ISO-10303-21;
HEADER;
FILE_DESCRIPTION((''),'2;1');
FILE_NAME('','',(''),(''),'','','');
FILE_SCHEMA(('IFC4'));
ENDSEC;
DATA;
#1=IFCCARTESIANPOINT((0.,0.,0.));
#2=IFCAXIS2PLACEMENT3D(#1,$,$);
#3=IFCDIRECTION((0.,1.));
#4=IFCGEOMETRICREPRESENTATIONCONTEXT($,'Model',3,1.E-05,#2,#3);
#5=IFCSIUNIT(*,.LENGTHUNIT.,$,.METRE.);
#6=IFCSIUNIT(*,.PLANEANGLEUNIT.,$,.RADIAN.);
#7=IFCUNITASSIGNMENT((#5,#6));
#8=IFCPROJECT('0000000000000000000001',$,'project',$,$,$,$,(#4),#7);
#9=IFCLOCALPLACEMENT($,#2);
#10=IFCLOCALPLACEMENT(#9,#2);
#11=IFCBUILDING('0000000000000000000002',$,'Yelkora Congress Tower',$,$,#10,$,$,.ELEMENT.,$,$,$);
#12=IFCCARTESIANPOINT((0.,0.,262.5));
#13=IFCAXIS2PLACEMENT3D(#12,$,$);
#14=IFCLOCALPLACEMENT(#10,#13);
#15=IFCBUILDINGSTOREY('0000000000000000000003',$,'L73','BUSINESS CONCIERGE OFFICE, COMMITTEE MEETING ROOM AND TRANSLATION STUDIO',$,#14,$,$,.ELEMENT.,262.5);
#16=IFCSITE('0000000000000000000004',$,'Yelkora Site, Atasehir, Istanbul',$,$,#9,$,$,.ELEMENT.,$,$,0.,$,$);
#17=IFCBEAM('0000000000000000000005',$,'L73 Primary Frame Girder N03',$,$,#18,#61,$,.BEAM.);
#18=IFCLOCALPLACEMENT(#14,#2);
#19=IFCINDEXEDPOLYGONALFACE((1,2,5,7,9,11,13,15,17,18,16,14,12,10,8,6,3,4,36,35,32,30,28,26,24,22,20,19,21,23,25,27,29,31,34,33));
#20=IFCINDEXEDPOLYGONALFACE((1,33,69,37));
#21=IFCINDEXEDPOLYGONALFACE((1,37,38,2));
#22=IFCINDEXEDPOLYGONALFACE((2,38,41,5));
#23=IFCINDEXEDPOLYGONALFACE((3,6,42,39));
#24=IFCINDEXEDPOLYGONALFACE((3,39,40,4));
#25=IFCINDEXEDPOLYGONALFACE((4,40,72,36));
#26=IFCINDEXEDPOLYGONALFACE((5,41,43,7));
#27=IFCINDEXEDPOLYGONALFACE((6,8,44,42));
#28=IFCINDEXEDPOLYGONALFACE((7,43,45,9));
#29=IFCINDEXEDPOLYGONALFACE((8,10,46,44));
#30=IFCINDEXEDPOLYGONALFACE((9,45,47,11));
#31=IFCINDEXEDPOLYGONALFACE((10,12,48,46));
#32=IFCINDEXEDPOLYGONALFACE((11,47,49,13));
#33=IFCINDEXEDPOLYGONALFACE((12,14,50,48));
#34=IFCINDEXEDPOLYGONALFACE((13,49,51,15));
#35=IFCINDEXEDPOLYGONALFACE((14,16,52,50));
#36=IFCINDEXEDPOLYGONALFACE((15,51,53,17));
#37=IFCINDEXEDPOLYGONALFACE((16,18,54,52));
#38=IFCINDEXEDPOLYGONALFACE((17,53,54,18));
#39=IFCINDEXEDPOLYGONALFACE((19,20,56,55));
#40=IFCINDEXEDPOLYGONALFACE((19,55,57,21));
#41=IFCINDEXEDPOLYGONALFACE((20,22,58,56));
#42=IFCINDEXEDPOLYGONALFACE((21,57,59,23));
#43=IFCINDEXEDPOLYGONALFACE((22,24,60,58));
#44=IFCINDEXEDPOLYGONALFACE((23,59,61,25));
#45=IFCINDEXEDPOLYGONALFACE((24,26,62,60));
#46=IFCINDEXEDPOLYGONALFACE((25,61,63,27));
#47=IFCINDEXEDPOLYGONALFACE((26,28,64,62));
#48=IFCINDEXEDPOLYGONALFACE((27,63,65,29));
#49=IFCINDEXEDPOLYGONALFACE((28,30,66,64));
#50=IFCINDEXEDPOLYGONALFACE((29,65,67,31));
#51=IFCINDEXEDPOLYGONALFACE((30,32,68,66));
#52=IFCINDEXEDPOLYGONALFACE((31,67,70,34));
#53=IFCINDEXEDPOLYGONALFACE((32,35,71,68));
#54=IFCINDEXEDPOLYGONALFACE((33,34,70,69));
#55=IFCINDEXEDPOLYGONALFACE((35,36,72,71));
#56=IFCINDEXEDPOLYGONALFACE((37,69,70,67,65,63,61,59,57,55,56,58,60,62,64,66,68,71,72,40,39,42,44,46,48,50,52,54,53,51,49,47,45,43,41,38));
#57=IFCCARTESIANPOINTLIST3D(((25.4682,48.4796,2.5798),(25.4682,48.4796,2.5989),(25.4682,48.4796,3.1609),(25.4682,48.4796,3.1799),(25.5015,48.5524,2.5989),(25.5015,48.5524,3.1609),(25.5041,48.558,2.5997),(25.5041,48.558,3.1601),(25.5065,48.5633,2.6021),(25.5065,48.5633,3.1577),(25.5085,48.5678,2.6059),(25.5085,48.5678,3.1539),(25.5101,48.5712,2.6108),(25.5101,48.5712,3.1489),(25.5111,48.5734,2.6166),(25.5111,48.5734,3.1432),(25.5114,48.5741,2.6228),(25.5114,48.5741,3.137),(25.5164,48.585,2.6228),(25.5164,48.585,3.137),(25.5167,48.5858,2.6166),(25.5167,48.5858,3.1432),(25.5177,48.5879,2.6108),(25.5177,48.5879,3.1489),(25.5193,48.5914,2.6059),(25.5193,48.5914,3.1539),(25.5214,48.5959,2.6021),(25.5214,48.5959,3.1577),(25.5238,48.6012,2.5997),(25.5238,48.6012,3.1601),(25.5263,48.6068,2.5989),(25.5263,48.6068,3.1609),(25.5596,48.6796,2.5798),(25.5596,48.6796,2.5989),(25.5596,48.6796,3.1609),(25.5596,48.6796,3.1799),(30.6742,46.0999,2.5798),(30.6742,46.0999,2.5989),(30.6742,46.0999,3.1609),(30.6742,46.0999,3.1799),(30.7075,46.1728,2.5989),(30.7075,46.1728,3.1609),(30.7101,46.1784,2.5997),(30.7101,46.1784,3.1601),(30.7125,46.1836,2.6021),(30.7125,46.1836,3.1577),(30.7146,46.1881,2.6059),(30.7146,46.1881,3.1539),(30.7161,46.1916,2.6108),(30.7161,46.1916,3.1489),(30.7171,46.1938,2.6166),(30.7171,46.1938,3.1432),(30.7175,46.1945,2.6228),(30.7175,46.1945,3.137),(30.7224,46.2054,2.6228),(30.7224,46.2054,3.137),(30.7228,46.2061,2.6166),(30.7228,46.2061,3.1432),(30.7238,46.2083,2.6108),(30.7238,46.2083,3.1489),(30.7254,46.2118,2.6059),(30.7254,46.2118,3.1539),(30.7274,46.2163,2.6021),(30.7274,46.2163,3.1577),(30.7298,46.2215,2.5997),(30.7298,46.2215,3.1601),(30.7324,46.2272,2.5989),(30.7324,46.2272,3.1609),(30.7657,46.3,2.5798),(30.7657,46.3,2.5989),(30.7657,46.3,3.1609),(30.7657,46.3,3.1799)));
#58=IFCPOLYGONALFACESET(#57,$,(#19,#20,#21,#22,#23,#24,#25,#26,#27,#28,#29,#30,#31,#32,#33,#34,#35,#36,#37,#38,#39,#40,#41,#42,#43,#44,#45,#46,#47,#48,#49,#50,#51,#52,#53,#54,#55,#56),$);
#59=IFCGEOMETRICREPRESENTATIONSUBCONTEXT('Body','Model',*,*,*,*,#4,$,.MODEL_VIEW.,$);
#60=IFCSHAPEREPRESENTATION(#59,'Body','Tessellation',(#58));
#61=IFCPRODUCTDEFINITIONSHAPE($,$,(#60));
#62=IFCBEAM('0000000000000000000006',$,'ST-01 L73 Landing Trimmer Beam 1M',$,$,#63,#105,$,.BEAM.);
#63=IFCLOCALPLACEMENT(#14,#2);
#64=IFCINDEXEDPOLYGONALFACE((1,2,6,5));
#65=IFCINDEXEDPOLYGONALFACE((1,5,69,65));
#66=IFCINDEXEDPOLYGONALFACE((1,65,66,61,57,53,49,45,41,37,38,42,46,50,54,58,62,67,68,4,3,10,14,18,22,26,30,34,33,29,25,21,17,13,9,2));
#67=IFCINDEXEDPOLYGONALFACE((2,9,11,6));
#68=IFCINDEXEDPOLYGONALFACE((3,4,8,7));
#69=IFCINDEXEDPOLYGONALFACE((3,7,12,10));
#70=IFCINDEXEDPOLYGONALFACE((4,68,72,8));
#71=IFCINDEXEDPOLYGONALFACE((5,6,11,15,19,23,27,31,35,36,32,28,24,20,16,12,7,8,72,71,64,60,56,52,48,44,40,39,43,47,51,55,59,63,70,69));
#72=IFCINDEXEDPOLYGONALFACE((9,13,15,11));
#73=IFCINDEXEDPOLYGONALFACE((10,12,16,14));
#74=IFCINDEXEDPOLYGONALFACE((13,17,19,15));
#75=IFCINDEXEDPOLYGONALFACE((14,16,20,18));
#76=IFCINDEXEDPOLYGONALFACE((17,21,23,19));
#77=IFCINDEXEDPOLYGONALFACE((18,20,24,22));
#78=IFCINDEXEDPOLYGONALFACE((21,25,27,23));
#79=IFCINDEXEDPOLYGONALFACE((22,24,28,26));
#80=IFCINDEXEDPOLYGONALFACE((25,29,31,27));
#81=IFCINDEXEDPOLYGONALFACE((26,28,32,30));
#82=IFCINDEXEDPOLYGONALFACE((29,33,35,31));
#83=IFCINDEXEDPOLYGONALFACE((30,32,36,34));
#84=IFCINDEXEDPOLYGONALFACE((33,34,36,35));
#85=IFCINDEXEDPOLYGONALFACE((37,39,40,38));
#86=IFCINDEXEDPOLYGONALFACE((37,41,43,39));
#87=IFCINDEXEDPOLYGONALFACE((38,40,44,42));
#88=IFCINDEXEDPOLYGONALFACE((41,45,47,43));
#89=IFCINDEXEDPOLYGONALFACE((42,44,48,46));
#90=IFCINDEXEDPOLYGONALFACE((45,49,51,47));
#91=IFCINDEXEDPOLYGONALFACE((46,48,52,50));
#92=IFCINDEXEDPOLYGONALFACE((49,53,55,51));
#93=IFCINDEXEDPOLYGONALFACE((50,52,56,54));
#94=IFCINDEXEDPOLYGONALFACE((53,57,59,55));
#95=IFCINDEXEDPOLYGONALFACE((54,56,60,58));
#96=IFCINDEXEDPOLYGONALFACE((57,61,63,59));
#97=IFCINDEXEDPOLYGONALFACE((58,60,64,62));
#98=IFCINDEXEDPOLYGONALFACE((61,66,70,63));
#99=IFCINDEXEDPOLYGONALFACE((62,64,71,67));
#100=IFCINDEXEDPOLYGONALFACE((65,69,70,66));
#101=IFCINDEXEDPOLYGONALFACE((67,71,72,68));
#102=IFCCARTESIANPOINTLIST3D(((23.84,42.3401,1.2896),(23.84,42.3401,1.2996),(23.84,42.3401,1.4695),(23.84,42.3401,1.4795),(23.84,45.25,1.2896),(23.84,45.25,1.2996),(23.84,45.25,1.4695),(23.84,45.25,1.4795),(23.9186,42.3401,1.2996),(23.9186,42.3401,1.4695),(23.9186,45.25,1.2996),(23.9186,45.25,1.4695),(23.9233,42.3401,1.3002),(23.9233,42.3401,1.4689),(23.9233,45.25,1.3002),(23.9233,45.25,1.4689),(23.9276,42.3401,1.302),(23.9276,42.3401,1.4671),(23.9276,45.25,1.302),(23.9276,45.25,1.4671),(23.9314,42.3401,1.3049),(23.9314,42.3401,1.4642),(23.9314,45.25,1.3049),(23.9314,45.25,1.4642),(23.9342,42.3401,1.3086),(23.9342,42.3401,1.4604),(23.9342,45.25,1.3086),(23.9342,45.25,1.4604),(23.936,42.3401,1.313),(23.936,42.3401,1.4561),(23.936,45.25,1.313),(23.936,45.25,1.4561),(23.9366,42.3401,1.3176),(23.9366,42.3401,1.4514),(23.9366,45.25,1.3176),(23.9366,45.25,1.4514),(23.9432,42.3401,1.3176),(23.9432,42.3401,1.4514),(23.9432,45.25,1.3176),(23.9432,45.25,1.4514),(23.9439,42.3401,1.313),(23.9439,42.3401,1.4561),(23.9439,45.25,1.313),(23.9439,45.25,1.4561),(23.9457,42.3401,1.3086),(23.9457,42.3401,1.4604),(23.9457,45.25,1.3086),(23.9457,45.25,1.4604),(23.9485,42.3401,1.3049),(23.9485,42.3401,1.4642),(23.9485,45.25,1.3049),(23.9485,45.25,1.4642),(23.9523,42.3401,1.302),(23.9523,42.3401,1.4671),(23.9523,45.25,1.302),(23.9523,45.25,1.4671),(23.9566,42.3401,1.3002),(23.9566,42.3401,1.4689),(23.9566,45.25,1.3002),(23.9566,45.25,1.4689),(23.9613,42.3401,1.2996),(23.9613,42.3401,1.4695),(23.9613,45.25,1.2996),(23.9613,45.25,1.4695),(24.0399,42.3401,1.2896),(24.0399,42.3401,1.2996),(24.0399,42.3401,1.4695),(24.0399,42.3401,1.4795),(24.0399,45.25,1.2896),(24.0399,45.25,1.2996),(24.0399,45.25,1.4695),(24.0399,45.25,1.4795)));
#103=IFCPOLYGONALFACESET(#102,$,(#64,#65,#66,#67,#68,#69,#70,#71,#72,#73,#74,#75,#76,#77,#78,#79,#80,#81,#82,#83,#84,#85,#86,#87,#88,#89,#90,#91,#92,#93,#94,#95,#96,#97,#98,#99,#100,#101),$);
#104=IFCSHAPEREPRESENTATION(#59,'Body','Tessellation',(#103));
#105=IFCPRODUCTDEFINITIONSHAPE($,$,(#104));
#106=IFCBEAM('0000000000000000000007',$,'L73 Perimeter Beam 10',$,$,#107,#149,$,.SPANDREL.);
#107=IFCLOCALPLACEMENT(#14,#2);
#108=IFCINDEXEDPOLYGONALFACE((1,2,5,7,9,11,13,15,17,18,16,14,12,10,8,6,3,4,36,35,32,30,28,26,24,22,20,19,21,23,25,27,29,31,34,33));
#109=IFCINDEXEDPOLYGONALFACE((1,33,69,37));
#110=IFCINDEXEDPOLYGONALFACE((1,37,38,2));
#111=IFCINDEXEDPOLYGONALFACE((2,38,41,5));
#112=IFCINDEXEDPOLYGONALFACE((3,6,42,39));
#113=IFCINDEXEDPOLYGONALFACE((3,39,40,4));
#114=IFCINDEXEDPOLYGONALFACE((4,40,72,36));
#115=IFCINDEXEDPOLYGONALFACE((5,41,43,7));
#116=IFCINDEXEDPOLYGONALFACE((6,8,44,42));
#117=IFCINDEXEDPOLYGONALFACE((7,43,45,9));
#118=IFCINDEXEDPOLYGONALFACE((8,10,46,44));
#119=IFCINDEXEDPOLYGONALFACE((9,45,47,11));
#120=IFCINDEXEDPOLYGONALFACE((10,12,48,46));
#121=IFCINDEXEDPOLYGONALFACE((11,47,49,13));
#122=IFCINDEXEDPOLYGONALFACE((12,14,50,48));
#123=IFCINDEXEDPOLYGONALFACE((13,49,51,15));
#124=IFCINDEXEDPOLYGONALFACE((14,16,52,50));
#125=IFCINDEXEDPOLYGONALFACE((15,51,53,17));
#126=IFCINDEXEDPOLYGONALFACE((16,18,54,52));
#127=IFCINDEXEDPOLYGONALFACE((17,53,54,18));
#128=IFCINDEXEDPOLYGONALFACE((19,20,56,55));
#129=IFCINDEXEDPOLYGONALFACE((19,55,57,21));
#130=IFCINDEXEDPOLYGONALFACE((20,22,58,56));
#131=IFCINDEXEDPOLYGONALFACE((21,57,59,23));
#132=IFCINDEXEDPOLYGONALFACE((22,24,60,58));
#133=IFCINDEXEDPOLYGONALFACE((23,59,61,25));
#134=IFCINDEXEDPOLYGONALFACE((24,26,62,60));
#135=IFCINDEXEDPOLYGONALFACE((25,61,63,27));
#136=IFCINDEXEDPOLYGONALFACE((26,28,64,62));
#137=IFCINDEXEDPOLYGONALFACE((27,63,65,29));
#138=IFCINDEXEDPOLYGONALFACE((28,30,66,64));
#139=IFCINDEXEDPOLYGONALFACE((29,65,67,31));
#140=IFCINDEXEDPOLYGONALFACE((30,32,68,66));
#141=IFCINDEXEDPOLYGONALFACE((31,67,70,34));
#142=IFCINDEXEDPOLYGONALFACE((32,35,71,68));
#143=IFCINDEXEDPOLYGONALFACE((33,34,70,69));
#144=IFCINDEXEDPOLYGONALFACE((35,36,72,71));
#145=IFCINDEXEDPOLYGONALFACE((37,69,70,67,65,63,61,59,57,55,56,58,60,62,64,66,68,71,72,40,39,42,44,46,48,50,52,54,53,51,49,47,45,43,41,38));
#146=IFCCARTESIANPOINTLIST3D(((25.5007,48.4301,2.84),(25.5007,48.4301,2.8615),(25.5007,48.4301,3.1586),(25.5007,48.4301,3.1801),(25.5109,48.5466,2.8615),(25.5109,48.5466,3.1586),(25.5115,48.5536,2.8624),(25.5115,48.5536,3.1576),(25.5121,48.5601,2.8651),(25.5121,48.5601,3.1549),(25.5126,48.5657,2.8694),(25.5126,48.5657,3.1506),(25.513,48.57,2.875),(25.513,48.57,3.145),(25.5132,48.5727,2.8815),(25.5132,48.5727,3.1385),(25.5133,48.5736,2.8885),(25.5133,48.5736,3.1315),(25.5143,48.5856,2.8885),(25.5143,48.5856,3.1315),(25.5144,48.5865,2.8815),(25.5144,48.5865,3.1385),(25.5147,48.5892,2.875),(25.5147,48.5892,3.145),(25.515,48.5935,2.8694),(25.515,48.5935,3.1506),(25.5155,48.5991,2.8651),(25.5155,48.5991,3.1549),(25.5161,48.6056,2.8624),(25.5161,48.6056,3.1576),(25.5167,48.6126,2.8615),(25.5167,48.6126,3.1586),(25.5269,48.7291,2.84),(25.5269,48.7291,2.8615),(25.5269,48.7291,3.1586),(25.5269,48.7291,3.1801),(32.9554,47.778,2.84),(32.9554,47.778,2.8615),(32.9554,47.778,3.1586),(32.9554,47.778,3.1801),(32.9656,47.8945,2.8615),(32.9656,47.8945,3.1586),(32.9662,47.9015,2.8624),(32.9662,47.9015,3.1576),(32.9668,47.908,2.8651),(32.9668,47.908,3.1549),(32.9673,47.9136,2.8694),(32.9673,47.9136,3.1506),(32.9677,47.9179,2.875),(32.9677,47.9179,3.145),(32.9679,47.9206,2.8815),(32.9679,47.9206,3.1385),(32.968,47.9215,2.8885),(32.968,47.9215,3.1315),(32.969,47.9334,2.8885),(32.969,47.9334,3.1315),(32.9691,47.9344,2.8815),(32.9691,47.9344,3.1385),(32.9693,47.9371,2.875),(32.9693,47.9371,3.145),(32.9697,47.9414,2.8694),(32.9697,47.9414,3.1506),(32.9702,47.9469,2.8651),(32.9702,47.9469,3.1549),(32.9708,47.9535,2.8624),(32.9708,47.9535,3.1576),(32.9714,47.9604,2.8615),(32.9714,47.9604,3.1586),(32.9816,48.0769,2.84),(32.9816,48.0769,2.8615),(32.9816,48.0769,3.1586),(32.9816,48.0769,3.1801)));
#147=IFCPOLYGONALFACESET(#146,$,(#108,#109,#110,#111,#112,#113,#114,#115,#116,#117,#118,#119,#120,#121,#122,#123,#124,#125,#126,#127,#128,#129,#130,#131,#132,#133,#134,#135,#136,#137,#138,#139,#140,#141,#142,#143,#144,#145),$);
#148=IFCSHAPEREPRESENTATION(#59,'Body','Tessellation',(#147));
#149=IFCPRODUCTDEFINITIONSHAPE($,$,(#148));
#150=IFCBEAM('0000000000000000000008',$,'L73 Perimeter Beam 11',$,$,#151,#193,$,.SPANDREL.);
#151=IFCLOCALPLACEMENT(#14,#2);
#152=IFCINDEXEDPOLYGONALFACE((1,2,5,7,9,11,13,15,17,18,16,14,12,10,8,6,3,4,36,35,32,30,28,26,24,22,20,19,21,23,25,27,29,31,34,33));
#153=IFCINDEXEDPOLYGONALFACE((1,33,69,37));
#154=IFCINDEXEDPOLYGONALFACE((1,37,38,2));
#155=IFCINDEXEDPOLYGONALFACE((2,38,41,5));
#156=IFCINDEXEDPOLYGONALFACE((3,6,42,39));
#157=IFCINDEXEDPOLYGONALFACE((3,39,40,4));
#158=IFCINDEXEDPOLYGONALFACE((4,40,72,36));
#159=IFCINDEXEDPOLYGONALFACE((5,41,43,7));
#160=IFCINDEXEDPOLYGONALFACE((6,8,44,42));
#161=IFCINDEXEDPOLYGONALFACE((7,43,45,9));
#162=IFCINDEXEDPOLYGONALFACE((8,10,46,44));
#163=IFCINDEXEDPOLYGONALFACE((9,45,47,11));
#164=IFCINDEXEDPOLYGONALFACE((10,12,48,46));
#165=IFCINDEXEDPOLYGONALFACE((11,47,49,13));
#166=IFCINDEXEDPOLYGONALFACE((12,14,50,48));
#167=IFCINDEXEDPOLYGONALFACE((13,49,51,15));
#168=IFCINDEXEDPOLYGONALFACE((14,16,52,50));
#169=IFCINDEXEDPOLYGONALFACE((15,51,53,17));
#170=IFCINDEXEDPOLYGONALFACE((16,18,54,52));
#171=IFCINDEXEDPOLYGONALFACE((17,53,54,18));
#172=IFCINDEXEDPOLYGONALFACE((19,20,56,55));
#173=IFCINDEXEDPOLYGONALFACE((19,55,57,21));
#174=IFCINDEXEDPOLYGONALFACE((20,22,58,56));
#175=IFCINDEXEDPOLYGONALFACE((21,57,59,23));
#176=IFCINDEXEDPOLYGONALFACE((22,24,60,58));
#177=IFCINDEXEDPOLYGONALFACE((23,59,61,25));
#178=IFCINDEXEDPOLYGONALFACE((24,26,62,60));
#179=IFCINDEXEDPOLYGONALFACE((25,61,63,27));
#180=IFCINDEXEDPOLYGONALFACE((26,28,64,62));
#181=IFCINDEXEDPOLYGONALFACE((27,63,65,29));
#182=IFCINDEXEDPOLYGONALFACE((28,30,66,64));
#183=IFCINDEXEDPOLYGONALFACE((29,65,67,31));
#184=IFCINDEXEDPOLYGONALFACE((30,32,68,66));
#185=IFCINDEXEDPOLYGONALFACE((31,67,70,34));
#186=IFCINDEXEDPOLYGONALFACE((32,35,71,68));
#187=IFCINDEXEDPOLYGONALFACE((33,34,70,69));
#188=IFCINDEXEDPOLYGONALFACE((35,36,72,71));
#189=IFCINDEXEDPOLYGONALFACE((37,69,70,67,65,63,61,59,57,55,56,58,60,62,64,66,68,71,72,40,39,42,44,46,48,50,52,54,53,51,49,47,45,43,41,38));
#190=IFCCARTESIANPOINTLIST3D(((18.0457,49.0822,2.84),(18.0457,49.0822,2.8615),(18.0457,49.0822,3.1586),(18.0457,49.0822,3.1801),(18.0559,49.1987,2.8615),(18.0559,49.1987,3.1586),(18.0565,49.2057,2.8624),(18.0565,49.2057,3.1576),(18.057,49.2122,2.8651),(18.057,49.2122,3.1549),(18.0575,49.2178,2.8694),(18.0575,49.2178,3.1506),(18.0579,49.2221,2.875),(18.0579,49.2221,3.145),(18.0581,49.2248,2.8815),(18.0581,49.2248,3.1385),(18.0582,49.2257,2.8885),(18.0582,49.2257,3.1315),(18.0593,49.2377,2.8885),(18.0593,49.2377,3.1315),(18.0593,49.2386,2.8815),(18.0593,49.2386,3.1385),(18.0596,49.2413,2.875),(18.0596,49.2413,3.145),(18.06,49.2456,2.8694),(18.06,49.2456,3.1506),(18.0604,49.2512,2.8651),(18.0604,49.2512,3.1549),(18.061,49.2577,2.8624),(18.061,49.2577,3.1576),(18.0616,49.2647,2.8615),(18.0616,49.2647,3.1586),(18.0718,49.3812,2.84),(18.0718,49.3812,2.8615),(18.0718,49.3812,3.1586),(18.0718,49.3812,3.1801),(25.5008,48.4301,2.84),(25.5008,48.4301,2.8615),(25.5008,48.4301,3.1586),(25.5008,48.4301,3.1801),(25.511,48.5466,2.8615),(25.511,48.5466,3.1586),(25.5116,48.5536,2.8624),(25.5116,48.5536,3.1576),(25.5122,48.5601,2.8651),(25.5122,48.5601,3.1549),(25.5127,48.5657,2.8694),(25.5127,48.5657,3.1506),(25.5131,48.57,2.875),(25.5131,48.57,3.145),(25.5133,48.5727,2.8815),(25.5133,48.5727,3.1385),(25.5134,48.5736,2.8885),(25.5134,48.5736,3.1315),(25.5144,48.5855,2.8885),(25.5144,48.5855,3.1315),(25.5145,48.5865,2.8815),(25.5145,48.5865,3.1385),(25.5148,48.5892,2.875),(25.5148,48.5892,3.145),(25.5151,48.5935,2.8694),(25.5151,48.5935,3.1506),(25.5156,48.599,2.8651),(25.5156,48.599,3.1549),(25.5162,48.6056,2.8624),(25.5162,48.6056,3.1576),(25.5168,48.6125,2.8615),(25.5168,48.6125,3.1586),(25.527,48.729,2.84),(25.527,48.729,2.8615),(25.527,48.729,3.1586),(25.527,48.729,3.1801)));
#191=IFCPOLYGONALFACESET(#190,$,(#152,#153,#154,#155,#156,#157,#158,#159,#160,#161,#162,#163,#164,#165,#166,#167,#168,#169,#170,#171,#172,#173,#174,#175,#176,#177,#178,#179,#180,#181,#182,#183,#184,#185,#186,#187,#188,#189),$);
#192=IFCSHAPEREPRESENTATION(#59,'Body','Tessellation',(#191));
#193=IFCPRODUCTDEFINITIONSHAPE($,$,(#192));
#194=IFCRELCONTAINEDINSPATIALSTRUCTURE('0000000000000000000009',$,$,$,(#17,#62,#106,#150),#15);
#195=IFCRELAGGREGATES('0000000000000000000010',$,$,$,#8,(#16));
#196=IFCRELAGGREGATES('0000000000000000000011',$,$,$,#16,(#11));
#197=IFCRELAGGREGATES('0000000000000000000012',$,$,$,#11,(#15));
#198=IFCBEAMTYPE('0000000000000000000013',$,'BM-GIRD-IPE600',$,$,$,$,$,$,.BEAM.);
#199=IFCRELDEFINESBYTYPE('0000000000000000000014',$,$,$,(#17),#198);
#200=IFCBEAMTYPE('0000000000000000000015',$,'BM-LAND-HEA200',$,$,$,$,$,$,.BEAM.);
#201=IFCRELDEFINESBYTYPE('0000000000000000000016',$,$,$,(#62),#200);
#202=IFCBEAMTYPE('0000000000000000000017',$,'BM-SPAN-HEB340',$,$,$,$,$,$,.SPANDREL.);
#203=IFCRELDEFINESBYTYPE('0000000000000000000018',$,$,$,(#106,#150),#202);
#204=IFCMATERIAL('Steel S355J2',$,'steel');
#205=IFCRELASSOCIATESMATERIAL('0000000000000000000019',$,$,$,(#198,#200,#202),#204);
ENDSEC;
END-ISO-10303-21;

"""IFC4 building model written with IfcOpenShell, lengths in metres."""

from ifc_helpers import new_model, si_unit, direction, frame, origin, origin_2d, place, context, subcontext, project, spatial, i_section, extrude, material, material_profile, profile_set, type_object, element, save


model = new_model("IFC4")

# Units and contexts
model_context = context("Model", 3, precision=1e-05, world=origin(), true_north=direction((0.0, 1.0)))
body_context = subcontext(model_context, "Body", "Model", "MODEL_VIEW")
ifc_project = project(units=[si_unit("LENGTHUNIT", "METRE"), si_unit("PLANEANGLEUNIT", "RADIAN")], contexts=[model_context])

# Site, building, storey
site_placement = place(None, origin())
site = spatial("IfcSite", under=ifc_project, at=site_placement, Name="Yelkora Site, Atasehir, Istanbul", CompositionType="ELEMENT", RefElevation=0.0)
building_placement = place(site_placement, origin())
building = spatial("IfcBuilding", under=site, at=building_placement, Name="Yelkora Congress Tower", CompositionType="ELEMENT")
storey_placement = place(building_placement, frame((0.0, 0.0, 262.5)))
storey = spatial("IfcBuildingStorey", under=building, at=storey_placement, Name="L73", Description="BUSINESS CONCIERGE OFFICE, COMMITTEE MEETING ROOM AND TRANSLATION STUDIO", CompositionType="ELEMENT", Elevation=262.5)

# Shared definitions
ifc_material_1 = material(Name="Steel S355J2", Category="steel")

# Beams
ifc_material_profile_1 = material_profile(ifc_material_1, i_section(OverallWidth=0.22, OverallDepth=0.6001, WebThickness=0.012, FlangeThickness=0.019, FilletRadius=0.0239, at=origin_2d()), Name="IPE 600")
ifc_profile_set_1 = profile_set([ifc_material_profile_1], Name="Steel S355J2")
beam_type_1 = type_object("IfcBeamType", Name="BM-GIRD-IPE600", PredefinedType="BEAM", material=ifc_profile_set_1)
beam_1_placement = place(storey_placement, frame((25.5139, 48.5796, 2.8799), z_axis=(0.909492, -0.41572, 0.0), x_axis=(0.41572, 0.909492, 0.0)))
element("IfcBeam", 1, at=beam_1_placement, inside=storey, type_object=beam_type_1, Name="L73 Primary Frame Girder N03", PredefinedType="BEAM", context=body_context, shape_type="SweptSolid", body=[
    extrude(i_section(OverallWidth=0.22, OverallDepth=0.6001, WebThickness=0.012, FlangeThickness=0.019, FilletRadius=0.0239, at=origin_2d()), origin(), (0.0, 0.0, 1.0), 5.7241),
])
ifc_material_profile_2 = material_profile(ifc_material_1, i_section(OverallWidth=0.2, OverallDepth=0.1899, WebThickness=0.0066, FlangeThickness=0.01, FilletRadius=0.0181, at=origin_2d()), Name="HEA 200")
ifc_profile_set_2 = profile_set([ifc_material_profile_2], Name="Steel S355J2")
beam_type_2 = type_object("IfcBeamType", Name="BM-LAND-HEA200", PredefinedType="BEAM", material=ifc_profile_set_2)
beam_2_placement = place(storey_placement, frame((23.9399, 42.3401, 1.3845), z_axis=(0.0, 1.0, 0.0), x_axis=(-1.0, 0.0, 0.0)))
element("IfcBeam", 2, at=beam_2_placement, inside=storey, type_object=beam_type_2, Name="ST-01 L73 Landing Trimmer Beam 1M", PredefinedType="BEAM", context=body_context, shape_type="SweptSolid", body=[
    extrude(i_section(OverallWidth=0.2, OverallDepth=0.1899, WebThickness=0.0066, FlangeThickness=0.01, FilletRadius=0.0181, at=origin_2d()), origin(), (0.0, 0.0, 1.0), 2.9099),
])
ifc_material_profile_3 = material_profile(ifc_material_1, i_section(OverallWidth=0.3, OverallDepth=0.3401, WebThickness=0.012, FlangeThickness=0.0215, FilletRadius=0.0271, at=origin_2d()), Name="HEB 340")
ifc_profile_set_3 = profile_set([ifc_material_profile_3], Name="Steel S355J2")
beam_type_3 = type_object("IfcBeamType", Name="BM-SPAN-HEB340", PredefinedType="SPANDREL", material=ifc_profile_set_3)
beam_3_placement = place(storey_placement, frame((32.9685, 47.9275, 3.01), z_axis=(-0.996196, 0.087143, 0.0), x_axis=(-0.087143, -0.996196, 0.0)))
element("IfcBeam", 3, at=beam_3_placement, inside=storey, type_object=beam_type_3, Name="L73 Perimeter Beam 10", PredefinedType="SPANDREL", context=body_context, shape_type="SweptSolid", body=[
    extrude(i_section(OverallWidth=0.3, OverallDepth=0.3401, WebThickness=0.012, FlangeThickness=0.0215, FilletRadius=0.0271, at=origin_2d()), origin(), (0.0, 0.0, 1.0), 7.4832),
])
beam_4_placement = place(storey_placement, frame((25.5139, 48.5796, 3.01), z_axis=(-0.996196, 0.087138, 0.0), x_axis=(-0.087138, -0.996196, 0.0)))
element("IfcBeam", 4, at=beam_4_placement, inside=storey, type_object=beam_type_3, Name="L73 Perimeter Beam 11", PredefinedType="SPANDREL", context=body_context, shape_type="SweptSolid", body=[
    extrude(i_section(OverallWidth=0.3, OverallDepth=0.3401, WebThickness=0.012, FlangeThickness=0.0215, FilletRadius=0.0271, at=origin_2d()), origin(), (0.0, 0.0, 1.0), 7.4836),
])

save(model, "model.ifc")
